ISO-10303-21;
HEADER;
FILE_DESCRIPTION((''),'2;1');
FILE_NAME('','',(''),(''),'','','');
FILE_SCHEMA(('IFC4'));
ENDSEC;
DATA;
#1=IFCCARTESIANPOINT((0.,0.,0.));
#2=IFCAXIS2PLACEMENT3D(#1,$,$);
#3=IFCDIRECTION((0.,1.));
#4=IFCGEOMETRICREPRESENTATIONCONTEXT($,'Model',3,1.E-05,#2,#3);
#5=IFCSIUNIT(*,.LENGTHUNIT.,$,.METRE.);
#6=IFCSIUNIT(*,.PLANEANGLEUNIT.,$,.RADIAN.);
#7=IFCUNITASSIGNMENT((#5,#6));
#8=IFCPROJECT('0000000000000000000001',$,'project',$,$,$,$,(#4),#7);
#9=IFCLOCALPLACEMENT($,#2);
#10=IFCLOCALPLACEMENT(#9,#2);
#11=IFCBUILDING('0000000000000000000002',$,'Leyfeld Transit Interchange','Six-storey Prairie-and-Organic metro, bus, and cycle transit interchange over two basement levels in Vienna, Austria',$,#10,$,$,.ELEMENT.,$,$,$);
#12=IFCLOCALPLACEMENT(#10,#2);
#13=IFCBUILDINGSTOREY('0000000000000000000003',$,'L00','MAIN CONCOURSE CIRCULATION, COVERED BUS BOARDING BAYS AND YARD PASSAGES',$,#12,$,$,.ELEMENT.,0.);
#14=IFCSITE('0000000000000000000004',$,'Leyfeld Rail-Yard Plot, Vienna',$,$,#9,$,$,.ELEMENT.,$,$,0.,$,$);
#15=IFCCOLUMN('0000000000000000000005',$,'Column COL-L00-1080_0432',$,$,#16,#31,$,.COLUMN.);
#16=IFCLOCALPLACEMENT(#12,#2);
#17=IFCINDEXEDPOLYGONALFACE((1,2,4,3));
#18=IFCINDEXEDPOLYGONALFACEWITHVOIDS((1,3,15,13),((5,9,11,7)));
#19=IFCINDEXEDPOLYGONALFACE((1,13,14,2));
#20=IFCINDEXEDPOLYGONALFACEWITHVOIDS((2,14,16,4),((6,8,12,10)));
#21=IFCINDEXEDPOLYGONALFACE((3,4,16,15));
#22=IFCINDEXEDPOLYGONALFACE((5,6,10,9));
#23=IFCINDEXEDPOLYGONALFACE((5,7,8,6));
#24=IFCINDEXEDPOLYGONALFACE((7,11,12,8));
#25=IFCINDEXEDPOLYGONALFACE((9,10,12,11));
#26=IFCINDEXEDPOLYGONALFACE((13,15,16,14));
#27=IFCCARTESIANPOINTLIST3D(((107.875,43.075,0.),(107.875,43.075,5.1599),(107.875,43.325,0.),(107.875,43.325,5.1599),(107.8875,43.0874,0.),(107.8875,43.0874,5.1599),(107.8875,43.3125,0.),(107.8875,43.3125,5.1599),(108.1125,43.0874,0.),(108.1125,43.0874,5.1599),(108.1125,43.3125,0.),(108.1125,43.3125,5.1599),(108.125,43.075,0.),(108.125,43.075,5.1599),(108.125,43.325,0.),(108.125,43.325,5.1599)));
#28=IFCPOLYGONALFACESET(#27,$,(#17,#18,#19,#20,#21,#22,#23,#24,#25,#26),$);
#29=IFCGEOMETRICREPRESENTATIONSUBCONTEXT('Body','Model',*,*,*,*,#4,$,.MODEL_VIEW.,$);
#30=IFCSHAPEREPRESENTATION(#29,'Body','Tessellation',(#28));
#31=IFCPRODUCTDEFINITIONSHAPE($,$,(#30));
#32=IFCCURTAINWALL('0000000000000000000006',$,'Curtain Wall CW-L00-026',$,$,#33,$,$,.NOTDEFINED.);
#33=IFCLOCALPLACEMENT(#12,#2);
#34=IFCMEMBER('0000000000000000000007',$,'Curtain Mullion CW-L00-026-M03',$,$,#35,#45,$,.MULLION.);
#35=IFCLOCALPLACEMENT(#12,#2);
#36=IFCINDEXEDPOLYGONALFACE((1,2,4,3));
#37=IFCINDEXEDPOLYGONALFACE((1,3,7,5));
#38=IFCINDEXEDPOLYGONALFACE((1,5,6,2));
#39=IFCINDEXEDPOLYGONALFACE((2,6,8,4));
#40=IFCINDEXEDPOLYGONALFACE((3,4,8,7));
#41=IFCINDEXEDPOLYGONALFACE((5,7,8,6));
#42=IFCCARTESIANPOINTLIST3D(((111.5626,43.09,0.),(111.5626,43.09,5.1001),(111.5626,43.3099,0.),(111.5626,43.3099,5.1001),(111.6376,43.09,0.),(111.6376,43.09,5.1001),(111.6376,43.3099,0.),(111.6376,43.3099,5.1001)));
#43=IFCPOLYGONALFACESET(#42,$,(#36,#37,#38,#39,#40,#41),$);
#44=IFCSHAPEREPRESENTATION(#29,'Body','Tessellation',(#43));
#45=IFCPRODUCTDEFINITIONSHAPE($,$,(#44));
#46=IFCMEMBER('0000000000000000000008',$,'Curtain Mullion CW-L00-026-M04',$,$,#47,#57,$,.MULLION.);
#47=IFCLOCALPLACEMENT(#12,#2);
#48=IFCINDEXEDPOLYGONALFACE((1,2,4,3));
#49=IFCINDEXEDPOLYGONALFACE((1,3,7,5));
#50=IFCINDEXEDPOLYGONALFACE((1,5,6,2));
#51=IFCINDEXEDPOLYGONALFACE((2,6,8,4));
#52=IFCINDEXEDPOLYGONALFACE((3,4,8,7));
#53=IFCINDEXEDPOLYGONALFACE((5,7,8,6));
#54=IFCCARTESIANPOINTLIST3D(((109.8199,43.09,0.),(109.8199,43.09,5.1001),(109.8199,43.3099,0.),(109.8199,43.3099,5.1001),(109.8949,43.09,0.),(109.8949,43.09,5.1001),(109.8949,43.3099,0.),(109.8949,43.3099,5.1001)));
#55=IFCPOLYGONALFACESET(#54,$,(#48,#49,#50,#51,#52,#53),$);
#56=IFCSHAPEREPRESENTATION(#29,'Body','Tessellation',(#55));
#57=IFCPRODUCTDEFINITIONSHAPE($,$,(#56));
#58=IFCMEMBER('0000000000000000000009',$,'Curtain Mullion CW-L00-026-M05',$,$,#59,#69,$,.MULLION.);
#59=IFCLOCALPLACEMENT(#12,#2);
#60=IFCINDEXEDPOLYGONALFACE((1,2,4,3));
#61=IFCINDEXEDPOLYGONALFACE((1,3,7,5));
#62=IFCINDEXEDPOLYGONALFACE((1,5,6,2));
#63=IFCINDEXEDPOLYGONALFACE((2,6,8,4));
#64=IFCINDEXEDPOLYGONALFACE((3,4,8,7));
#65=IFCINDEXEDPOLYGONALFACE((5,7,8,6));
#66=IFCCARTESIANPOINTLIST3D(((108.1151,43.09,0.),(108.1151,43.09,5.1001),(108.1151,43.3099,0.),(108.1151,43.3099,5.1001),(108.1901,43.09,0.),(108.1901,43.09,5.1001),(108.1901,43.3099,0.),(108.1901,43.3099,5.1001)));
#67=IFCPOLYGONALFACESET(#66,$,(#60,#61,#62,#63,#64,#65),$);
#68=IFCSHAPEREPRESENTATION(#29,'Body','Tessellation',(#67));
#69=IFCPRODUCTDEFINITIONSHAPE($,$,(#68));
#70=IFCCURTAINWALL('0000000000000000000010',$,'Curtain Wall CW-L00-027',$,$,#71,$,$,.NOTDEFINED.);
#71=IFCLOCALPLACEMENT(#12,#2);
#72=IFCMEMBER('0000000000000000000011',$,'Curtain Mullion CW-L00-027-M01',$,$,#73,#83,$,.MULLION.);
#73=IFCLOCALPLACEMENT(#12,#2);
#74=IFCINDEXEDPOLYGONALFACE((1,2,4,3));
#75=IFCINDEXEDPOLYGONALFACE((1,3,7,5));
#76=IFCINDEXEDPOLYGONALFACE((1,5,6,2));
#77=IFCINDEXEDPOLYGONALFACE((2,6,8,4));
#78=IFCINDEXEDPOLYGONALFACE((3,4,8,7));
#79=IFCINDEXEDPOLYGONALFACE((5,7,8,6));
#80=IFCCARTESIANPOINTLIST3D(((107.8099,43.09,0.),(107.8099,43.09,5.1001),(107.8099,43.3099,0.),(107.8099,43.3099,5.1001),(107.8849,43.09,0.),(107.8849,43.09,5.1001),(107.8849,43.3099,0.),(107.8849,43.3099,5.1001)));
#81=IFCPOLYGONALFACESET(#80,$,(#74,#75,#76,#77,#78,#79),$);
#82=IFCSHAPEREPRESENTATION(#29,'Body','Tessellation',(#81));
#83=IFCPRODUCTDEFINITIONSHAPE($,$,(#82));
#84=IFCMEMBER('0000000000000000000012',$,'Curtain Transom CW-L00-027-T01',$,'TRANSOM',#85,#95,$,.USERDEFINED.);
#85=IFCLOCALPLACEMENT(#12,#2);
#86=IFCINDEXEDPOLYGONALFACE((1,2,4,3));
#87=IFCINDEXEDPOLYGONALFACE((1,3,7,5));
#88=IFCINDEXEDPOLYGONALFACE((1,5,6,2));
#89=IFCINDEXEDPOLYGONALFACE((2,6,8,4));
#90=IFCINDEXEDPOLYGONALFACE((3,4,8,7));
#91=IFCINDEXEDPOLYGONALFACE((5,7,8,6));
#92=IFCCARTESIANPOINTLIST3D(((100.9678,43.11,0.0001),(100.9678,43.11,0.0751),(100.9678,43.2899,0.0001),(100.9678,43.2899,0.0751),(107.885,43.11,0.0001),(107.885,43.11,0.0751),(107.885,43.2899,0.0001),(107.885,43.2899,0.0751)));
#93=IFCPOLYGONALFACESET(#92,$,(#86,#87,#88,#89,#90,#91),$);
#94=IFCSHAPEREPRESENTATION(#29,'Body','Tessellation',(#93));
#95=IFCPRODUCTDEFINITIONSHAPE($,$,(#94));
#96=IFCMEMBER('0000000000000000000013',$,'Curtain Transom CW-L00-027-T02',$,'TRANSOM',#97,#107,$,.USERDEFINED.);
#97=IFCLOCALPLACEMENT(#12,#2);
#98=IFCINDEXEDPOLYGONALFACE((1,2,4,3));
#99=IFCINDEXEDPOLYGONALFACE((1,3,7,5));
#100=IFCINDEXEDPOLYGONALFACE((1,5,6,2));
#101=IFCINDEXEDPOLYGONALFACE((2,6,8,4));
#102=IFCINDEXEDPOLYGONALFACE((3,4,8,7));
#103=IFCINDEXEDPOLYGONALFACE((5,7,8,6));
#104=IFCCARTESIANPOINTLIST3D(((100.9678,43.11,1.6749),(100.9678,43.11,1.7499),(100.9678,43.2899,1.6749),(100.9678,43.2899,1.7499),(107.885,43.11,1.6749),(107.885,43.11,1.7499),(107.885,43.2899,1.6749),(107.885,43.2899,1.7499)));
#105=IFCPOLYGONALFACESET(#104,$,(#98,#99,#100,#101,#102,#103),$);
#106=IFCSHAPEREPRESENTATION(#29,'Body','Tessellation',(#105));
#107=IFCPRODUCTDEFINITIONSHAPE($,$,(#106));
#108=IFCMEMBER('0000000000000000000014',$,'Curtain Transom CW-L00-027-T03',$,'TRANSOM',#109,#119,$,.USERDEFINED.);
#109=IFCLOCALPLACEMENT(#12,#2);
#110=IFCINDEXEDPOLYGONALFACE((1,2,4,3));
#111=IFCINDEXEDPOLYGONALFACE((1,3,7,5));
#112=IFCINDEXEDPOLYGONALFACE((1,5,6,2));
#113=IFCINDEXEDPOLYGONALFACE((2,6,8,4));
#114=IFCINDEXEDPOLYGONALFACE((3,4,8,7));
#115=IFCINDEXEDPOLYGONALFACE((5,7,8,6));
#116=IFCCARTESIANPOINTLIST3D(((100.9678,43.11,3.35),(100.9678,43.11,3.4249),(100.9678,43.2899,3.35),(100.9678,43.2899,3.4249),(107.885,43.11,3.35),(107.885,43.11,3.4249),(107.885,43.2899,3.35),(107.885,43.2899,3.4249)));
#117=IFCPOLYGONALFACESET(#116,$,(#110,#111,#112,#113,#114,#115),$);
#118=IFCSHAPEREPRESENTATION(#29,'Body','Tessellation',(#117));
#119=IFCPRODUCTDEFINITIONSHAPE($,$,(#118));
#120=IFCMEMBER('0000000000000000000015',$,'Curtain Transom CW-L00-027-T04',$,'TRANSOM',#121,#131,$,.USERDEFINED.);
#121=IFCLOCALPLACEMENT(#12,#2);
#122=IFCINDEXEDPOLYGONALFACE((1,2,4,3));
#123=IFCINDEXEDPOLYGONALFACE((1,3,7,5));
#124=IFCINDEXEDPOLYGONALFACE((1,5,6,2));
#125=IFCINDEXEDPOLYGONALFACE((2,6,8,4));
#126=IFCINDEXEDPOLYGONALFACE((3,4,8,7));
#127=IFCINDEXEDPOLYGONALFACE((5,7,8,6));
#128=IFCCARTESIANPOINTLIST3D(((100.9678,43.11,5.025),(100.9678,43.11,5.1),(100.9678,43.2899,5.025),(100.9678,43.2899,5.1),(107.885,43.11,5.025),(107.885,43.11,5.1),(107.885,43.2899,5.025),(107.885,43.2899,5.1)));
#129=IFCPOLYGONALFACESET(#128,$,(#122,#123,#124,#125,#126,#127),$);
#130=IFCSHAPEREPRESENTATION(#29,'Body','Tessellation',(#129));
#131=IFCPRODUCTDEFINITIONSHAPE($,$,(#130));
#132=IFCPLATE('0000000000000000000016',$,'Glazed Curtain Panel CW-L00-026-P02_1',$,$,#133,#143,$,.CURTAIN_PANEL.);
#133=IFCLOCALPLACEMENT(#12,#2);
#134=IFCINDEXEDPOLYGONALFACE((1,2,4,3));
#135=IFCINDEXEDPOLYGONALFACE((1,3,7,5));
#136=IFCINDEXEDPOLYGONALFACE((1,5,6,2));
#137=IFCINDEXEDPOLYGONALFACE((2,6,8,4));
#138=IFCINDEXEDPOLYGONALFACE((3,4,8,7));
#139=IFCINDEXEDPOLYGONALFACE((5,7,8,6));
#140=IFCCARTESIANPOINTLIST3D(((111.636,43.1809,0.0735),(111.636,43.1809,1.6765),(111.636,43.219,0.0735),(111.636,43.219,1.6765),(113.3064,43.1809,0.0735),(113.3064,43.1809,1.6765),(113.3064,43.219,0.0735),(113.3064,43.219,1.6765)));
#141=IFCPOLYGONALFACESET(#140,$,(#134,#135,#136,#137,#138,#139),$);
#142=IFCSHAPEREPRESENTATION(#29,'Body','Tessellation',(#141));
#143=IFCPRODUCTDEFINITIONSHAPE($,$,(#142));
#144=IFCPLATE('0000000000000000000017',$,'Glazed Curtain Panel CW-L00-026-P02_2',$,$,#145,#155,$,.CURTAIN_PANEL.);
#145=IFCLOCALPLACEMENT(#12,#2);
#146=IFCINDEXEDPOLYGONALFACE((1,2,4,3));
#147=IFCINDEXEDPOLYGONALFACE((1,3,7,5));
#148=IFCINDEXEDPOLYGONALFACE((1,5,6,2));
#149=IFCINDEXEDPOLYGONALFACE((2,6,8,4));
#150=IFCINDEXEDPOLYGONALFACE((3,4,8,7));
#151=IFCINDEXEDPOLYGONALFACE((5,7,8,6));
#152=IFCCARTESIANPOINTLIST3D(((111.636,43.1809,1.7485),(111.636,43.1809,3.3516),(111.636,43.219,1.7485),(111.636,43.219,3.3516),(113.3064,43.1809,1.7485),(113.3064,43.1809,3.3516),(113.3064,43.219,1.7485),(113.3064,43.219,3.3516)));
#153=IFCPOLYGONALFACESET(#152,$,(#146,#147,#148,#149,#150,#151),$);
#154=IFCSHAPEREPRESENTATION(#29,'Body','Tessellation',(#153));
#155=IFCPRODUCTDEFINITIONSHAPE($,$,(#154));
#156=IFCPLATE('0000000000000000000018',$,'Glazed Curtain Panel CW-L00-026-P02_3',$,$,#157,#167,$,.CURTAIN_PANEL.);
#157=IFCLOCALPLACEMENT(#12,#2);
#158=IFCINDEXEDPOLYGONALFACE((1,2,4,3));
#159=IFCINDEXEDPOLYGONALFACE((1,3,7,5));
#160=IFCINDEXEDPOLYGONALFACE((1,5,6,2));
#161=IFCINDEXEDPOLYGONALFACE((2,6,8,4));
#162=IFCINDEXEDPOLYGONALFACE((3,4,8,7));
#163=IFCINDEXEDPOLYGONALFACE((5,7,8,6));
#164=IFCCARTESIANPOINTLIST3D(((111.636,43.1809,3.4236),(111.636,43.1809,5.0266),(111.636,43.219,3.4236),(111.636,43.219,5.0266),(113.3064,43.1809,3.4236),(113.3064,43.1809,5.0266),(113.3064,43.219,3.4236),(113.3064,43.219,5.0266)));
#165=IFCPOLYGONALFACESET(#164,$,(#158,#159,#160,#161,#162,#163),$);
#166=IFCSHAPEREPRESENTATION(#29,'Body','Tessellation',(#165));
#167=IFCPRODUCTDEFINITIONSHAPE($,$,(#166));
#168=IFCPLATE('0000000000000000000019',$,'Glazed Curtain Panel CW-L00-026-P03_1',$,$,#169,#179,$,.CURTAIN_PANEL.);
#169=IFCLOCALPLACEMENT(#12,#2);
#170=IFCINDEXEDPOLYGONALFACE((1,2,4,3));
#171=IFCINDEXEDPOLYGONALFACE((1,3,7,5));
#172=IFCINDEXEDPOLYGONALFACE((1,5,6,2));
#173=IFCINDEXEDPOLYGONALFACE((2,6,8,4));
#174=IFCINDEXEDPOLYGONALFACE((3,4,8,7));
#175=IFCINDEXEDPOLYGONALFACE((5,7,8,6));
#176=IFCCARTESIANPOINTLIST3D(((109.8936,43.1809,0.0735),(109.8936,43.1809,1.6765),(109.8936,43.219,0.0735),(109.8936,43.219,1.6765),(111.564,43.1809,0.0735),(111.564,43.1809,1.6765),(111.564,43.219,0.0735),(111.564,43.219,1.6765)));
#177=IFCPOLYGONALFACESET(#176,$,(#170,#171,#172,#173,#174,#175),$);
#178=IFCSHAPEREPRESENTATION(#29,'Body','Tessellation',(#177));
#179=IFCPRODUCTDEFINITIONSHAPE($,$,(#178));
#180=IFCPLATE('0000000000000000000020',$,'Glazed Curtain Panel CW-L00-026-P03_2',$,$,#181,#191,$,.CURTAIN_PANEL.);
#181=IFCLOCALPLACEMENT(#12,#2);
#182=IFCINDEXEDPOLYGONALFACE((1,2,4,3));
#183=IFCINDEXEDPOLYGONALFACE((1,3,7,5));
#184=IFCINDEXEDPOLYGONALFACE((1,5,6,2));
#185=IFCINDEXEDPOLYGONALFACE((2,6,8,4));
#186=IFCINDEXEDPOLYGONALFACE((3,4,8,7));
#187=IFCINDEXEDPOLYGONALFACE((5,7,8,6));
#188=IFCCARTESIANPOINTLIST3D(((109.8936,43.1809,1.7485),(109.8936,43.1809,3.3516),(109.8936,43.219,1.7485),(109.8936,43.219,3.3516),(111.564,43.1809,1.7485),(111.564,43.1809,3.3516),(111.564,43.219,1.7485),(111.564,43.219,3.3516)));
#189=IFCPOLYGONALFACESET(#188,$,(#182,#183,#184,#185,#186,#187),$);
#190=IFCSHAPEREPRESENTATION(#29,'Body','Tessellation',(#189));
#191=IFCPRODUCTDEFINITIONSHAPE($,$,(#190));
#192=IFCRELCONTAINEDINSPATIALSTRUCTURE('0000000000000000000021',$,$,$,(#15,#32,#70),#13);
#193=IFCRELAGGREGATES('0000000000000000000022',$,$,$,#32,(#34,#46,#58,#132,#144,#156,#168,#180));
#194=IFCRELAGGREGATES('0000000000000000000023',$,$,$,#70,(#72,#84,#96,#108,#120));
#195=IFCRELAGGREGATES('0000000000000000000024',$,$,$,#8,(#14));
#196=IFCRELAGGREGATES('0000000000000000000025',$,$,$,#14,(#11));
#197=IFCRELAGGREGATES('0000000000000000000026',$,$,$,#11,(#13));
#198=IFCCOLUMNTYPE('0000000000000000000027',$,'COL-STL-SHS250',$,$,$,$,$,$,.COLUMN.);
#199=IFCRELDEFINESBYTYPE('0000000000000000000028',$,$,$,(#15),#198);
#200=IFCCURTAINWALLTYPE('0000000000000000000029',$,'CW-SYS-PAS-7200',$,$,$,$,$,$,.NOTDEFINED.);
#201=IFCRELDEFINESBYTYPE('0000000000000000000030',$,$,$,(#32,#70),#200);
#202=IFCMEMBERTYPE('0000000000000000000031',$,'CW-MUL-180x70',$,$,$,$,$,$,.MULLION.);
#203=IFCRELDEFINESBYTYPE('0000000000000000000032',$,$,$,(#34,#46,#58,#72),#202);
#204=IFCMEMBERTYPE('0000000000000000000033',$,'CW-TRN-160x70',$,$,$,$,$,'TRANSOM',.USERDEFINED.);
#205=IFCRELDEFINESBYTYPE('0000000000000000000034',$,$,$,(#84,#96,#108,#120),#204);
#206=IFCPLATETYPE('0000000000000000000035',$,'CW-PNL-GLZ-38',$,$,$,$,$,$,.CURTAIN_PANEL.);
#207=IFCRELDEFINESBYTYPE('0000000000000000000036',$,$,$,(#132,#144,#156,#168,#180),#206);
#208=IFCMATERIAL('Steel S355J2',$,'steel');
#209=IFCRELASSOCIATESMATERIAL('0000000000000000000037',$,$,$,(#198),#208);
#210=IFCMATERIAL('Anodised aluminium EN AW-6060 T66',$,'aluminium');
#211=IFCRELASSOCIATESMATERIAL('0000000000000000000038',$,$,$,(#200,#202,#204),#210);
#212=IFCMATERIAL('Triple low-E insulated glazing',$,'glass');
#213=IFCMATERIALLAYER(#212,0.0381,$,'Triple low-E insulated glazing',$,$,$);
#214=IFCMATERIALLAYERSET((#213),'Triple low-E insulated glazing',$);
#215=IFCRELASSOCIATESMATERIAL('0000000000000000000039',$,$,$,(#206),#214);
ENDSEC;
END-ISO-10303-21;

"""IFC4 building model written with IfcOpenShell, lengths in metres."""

from ifc_helpers import new_model, si_unit, direction, frame, origin, origin_2d, place, context, subcontext, project, spatial, rectangle, hollow_rectangle, extrude, material, layer, layer_set, material_profile, profile_set, type_object, element, aggregate, save


model = new_model("IFC4")

# Units and contexts
model_context = context("Model", 3, precision=1e-05, world=origin(), true_north=direction((0.0, 1.0)))
body_context = subcontext(model_context, "Body", "Model", "MODEL_VIEW")
ifc_project = project(units=[si_unit("LENGTHUNIT", "METRE"), si_unit("PLANEANGLEUNIT", "RADIAN")], contexts=[model_context])

# Site, building, storey
site_placement = place(None, origin())
site = spatial("IfcSite", under=ifc_project, at=site_placement, Name="Leyfeld Rail-Yard Plot, Vienna", CompositionType="ELEMENT", RefElevation=0.0)
building_placement = place(site_placement, origin())
building = spatial("IfcBuilding", under=site, at=building_placement, Name="Leyfeld Transit Interchange", Description="Six-storey Prairie-and-Organic metro, bus, and cycle transit interchange over two basement levels in Vienna, Austria", CompositionType="ELEMENT")
storey_placement = place(building_placement, origin())
storey = spatial("IfcBuildingStorey", under=building, at=storey_placement, Name="L00", Description="MAIN CONCOURSE CIRCULATION, COVERED BUS BOARDING BAYS AND YARD PASSAGES", CompositionType="ELEMENT", Elevation=0.0)

# Column
ifc_material_1 = material(Name="Steel S355J2", Category="steel")
ifc_material_profile_1 = material_profile(ifc_material_1, hollow_rectangle(XDim=0.25, YDim=0.25, WallThickness=0.0125, at=origin_2d()), Name="SHS 250x250x12.5")
ifc_profile_set_1 = profile_set([ifc_material_profile_1], Name="Steel S355J2")
column_type = type_object("IfcColumnType", Name="COL-STL-SHS250", PredefinedType="COLUMN", material=ifc_profile_set_1)
column_placement = place(storey_placement, frame((108.0, 43.2, 0.0), z_axis=(0.0, 0.0, 1.0), x_axis=(1.0, 0.0, 0.0)))
element("IfcColumn", 1, at=column_placement, inside=storey, type_object=column_type, Name="Column COL-L00-1080_0432", PredefinedType="COLUMN", context=body_context, shape_type="SweptSolid", body=[
    extrude(hollow_rectangle(XDim=0.25, YDim=0.25, WallThickness=0.0125, at=origin_2d()), origin(), (0.0, 0.0, 1.0), 5.1599),
])

# Curtain walls, members
ifc_material_2 = material(Name="Anodised aluminium EN AW-6060 T66", Category="aluminium")
curtain_wall_type = type_object("IfcCurtainWallType", Name="CW-SYS-PAS-7200", PredefinedType="NOTDEFINED", material=ifc_material_2)
curtain_wall_1_placement = place(storey_placement, origin())
curtain_wall_1 = element("IfcCurtainWall", 2, at=curtain_wall_1_placement, inside=storey, type_object=curtain_wall_type, Name="Curtain Wall CW-L00-026", PredefinedType="NOTDEFINED")
ifc_material_profile_2 = material_profile(ifc_material_2, rectangle(XDim=0.075, YDim=0.22, at=origin_2d()), Name="CW-M 75x220")
ifc_profile_set_2 = profile_set([ifc_material_profile_2], Name="Anodised aluminium EN AW-6060 T66")
member_type_1 = type_object("IfcMemberType", Name="CW-MUL-180x70", PredefinedType="MULLION", material=ifc_profile_set_2)
member_1_placement = place(storey_placement, frame((111.6001, 43.2, 0.0), z_axis=(0.0, 0.0, 1.0), x_axis=(-1.0, 0.0, 0.0)))
member_1 = element("IfcMember", 3, at=member_1_placement, type_object=member_type_1, Name="Curtain Mullion CW-L00-026-M03", PredefinedType="MULLION", context=body_context, shape_type="SweptSolid", body=[
    extrude(rectangle(XDim=0.075, YDim=0.22, at=origin_2d()), origin(), (0.0, 0.0, 1.0), 5.1001),
])
member_2_placement = place(storey_placement, frame((109.8574, 43.2, 0.0), z_axis=(0.0, 0.0, 1.0), x_axis=(-1.0, 0.0, 0.0)))
member_2 = element("IfcMember", 4, at=member_2_placement, type_object=member_type_1, Name="Curtain Mullion CW-L00-026-M04", PredefinedType="MULLION", context=body_context, shape_type="SweptSolid", body=[
    extrude(rectangle(XDim=0.075, YDim=0.22, at=origin_2d()), origin(), (0.0, 0.0, 1.0), 5.1001),
])
member_3_placement = place(storey_placement, frame((108.1526, 43.2, 0.0), z_axis=(0.0, 0.0, 1.0), x_axis=(-1.0, 0.0, 0.0)))
member_3 = element("IfcMember", 5, at=member_3_placement, type_object=member_type_1, Name="Curtain Mullion CW-L00-026-M05", PredefinedType="MULLION", context=body_context, shape_type="SweptSolid", body=[
    extrude(rectangle(XDim=0.075, YDim=0.22, at=origin_2d()), origin(), (0.0, 0.0, 1.0), 5.1001),
])
curtain_wall_2_placement = place(storey_placement, origin())
curtain_wall_2 = element("IfcCurtainWall", 6, at=curtain_wall_2_placement, inside=storey, type_object=curtain_wall_type, Name="Curtain Wall CW-L00-027", PredefinedType="NOTDEFINED")
member_4_placement = place(storey_placement, frame((107.8474, 43.2, 0.0), z_axis=(0.0, 0.0, 1.0), x_axis=(-1.0, 0.0, 0.0)))
member_4 = element("IfcMember", 7, at=member_4_placement, type_object=member_type_1, Name="Curtain Mullion CW-L00-027-M01", PredefinedType="MULLION", context=body_context, shape_type="SweptSolid", body=[
    extrude(rectangle(XDim=0.075, YDim=0.22, at=origin_2d()), origin(), (0.0, 0.0, 1.0), 5.1001),
])
ifc_material_profile_3 = material_profile(ifc_material_2, rectangle(XDim=0.1799, YDim=0.075, at=origin_2d()), Name="CW-TRN-160x70")
ifc_profile_set_3 = profile_set([ifc_material_profile_3], Name="Anodised aluminium EN AW-6060 T66")
member_type_2 = type_object("IfcMemberType", Name="CW-TRN-160x70", ElementType="TRANSOM", PredefinedType="USERDEFINED", material=ifc_profile_set_3)
member_5_placement = place(storey_placement, frame((107.885, 43.2, 0.0376), z_axis=(-1.0, 0.0, 0.0), x_axis=(0.0, -1.0, 0.0)))
member_5 = element("IfcMember", 8, at=member_5_placement, type_object=member_type_2, Name="Curtain Transom CW-L00-027-T01", ObjectType="TRANSOM", PredefinedType="USERDEFINED", context=body_context, shape_type="SweptSolid", body=[
    extrude(rectangle(XDim=0.1799, YDim=0.075, at=origin_2d()), origin(), (0.0, 0.0, 1.0), 6.9172),
])
member_6_placement = place(storey_placement, frame((107.885, 43.2, 1.7124), z_axis=(-1.0, 0.0, 0.0), x_axis=(0.0, -1.0, 0.0)))
member_6 = element("IfcMember", 9, at=member_6_placement, type_object=member_type_2, Name="Curtain Transom CW-L00-027-T02", ObjectType="TRANSOM", PredefinedType="USERDEFINED", context=body_context, shape_type="SweptSolid", body=[
    extrude(rectangle(XDim=0.1799, YDim=0.075, at=origin_2d()), origin(), (0.0, 0.0, 1.0), 6.9172),
])
member_7_placement = place(storey_placement, frame((107.885, 43.2, 3.3875), z_axis=(-1.0, 0.0, 0.0), x_axis=(0.0, -1.0, 0.0)))
member_7 = element("IfcMember", 10, at=member_7_placement, type_object=member_type_2, Name="Curtain Transom CW-L00-027-T03", ObjectType="TRANSOM", PredefinedType="USERDEFINED", context=body_context, shape_type="SweptSolid", body=[
    extrude(rectangle(XDim=0.1799, YDim=0.075, at=origin_2d()), origin(), (0.0, 0.0, 1.0), 6.9172),
])
member_8_placement = place(storey_placement, frame((107.885, 43.2, 5.0625), z_axis=(-1.0, 0.0, 0.0), x_axis=(0.0, -1.0, 0.0)))
member_8 = element("IfcMember", 11, at=member_8_placement, type_object=member_type_2, Name="Curtain Transom CW-L00-027-T04", ObjectType="TRANSOM", PredefinedType="USERDEFINED", context=body_context, shape_type="SweptSolid", body=[
    extrude(rectangle(XDim=0.1799, YDim=0.075, at=origin_2d()), origin(), (0.0, 0.0, 1.0), 6.9172),
])

# Plates
ifc_material_3 = material(Name="Triple low-E insulated glazing", Category="glass")
ifc_layer_1 = layer(ifc_material_3, 0.0381, Name="Triple low-E insulated glazing")
ifc_layer_set_1 = layer_set([ifc_layer_1], Name="Triple low-E insulated glazing")
plate_type_1 = type_object("IfcPlateType", Name="CW-PNL-GLZ-38", PredefinedType="CURTAIN_PANEL", material=ifc_layer_set_1)
plate_1_placement = place(storey_placement, frame((112.4712, 43.2, 0.0735), z_axis=(0.0, 0.0, 1.0), x_axis=(-1.0, 0.0, 0.0)))
plate_1 = element("IfcPlate", 12, at=plate_1_placement, type_object=plate_type_1, Name="Glazed Curtain Panel CW-L00-026-P02_1", PredefinedType="CURTAIN_PANEL", context=body_context, shape_type="SweptSolid", body=[
    extrude(rectangle(XDim=1.6704, YDim=0.0381, at=origin_2d()), origin(), (0.0, 0.0, 1.0), 1.603),
])
plate_2_placement = place(storey_placement, frame((112.4712, 43.2, 1.7485), z_axis=(0.0, 0.0, 1.0), x_axis=(-1.0, 0.0, 0.0)))
plate_2 = element("IfcPlate", 13, at=plate_2_placement, type_object=plate_type_1, Name="Glazed Curtain Panel CW-L00-026-P02_2", PredefinedType="CURTAIN_PANEL", context=body_context, shape_type="SweptSolid", body=[
    extrude(rectangle(XDim=1.6704, YDim=0.0381, at=origin_2d()), origin(), (0.0, 0.0, 1.0), 1.603),
])
plate_3_placement = place(storey_placement, frame((112.4712, 43.2, 3.4236), z_axis=(0.0, 0.0, 1.0), x_axis=(-1.0, 0.0, 0.0)))
plate_3 = element("IfcPlate", 14, at=plate_3_placement, type_object=plate_type_1, Name="Glazed Curtain Panel CW-L00-026-P02_3", PredefinedType="CURTAIN_PANEL", context=body_context, shape_type="SweptSolid", body=[
    extrude(rectangle(XDim=1.6704, YDim=0.0381, at=origin_2d()), origin(), (0.0, 0.0, 1.0), 1.603),
])
plate_4_placement = place(storey_placement, frame((110.7288, 43.2, 0.0735), z_axis=(0.0, 0.0, 1.0), x_axis=(-1.0, 0.0, 0.0)))
plate_4 = element("IfcPlate", 15, at=plate_4_placement, type_object=plate_type_1, Name="Glazed Curtain Panel CW-L00-026-P03_1", PredefinedType="CURTAIN_PANEL", context=body_context, shape_type="SweptSolid", body=[
    extrude(rectangle(XDim=1.6704, YDim=0.0381, at=origin_2d()), origin(), (0.0, 0.0, 1.0), 1.603),
])
plate_5_placement = place(storey_placement, frame((110.7288, 43.2, 1.7485), z_axis=(0.0, 0.0, 1.0), x_axis=(-1.0, 0.0, 0.0)))
plate_5 = element("IfcPlate", 16, at=plate_5_placement, type_object=plate_type_1, Name="Glazed Curtain Panel CW-L00-026-P03_2", PredefinedType="CURTAIN_PANEL", context=body_context, shape_type="SweptSolid", body=[
    extrude(rectangle(XDim=1.6704, YDim=0.0381, at=origin_2d()), origin(), (0.0, 0.0, 1.0), 1.603),
])
aggregate(curtain_wall_1, [member_1, member_2, member_3, plate_1, plate_2, plate_3, plate_4, plate_5])
aggregate(curtain_wall_2, [member_4, member_5, member_6, member_7, member_8])

save(model, "model.ifc")
